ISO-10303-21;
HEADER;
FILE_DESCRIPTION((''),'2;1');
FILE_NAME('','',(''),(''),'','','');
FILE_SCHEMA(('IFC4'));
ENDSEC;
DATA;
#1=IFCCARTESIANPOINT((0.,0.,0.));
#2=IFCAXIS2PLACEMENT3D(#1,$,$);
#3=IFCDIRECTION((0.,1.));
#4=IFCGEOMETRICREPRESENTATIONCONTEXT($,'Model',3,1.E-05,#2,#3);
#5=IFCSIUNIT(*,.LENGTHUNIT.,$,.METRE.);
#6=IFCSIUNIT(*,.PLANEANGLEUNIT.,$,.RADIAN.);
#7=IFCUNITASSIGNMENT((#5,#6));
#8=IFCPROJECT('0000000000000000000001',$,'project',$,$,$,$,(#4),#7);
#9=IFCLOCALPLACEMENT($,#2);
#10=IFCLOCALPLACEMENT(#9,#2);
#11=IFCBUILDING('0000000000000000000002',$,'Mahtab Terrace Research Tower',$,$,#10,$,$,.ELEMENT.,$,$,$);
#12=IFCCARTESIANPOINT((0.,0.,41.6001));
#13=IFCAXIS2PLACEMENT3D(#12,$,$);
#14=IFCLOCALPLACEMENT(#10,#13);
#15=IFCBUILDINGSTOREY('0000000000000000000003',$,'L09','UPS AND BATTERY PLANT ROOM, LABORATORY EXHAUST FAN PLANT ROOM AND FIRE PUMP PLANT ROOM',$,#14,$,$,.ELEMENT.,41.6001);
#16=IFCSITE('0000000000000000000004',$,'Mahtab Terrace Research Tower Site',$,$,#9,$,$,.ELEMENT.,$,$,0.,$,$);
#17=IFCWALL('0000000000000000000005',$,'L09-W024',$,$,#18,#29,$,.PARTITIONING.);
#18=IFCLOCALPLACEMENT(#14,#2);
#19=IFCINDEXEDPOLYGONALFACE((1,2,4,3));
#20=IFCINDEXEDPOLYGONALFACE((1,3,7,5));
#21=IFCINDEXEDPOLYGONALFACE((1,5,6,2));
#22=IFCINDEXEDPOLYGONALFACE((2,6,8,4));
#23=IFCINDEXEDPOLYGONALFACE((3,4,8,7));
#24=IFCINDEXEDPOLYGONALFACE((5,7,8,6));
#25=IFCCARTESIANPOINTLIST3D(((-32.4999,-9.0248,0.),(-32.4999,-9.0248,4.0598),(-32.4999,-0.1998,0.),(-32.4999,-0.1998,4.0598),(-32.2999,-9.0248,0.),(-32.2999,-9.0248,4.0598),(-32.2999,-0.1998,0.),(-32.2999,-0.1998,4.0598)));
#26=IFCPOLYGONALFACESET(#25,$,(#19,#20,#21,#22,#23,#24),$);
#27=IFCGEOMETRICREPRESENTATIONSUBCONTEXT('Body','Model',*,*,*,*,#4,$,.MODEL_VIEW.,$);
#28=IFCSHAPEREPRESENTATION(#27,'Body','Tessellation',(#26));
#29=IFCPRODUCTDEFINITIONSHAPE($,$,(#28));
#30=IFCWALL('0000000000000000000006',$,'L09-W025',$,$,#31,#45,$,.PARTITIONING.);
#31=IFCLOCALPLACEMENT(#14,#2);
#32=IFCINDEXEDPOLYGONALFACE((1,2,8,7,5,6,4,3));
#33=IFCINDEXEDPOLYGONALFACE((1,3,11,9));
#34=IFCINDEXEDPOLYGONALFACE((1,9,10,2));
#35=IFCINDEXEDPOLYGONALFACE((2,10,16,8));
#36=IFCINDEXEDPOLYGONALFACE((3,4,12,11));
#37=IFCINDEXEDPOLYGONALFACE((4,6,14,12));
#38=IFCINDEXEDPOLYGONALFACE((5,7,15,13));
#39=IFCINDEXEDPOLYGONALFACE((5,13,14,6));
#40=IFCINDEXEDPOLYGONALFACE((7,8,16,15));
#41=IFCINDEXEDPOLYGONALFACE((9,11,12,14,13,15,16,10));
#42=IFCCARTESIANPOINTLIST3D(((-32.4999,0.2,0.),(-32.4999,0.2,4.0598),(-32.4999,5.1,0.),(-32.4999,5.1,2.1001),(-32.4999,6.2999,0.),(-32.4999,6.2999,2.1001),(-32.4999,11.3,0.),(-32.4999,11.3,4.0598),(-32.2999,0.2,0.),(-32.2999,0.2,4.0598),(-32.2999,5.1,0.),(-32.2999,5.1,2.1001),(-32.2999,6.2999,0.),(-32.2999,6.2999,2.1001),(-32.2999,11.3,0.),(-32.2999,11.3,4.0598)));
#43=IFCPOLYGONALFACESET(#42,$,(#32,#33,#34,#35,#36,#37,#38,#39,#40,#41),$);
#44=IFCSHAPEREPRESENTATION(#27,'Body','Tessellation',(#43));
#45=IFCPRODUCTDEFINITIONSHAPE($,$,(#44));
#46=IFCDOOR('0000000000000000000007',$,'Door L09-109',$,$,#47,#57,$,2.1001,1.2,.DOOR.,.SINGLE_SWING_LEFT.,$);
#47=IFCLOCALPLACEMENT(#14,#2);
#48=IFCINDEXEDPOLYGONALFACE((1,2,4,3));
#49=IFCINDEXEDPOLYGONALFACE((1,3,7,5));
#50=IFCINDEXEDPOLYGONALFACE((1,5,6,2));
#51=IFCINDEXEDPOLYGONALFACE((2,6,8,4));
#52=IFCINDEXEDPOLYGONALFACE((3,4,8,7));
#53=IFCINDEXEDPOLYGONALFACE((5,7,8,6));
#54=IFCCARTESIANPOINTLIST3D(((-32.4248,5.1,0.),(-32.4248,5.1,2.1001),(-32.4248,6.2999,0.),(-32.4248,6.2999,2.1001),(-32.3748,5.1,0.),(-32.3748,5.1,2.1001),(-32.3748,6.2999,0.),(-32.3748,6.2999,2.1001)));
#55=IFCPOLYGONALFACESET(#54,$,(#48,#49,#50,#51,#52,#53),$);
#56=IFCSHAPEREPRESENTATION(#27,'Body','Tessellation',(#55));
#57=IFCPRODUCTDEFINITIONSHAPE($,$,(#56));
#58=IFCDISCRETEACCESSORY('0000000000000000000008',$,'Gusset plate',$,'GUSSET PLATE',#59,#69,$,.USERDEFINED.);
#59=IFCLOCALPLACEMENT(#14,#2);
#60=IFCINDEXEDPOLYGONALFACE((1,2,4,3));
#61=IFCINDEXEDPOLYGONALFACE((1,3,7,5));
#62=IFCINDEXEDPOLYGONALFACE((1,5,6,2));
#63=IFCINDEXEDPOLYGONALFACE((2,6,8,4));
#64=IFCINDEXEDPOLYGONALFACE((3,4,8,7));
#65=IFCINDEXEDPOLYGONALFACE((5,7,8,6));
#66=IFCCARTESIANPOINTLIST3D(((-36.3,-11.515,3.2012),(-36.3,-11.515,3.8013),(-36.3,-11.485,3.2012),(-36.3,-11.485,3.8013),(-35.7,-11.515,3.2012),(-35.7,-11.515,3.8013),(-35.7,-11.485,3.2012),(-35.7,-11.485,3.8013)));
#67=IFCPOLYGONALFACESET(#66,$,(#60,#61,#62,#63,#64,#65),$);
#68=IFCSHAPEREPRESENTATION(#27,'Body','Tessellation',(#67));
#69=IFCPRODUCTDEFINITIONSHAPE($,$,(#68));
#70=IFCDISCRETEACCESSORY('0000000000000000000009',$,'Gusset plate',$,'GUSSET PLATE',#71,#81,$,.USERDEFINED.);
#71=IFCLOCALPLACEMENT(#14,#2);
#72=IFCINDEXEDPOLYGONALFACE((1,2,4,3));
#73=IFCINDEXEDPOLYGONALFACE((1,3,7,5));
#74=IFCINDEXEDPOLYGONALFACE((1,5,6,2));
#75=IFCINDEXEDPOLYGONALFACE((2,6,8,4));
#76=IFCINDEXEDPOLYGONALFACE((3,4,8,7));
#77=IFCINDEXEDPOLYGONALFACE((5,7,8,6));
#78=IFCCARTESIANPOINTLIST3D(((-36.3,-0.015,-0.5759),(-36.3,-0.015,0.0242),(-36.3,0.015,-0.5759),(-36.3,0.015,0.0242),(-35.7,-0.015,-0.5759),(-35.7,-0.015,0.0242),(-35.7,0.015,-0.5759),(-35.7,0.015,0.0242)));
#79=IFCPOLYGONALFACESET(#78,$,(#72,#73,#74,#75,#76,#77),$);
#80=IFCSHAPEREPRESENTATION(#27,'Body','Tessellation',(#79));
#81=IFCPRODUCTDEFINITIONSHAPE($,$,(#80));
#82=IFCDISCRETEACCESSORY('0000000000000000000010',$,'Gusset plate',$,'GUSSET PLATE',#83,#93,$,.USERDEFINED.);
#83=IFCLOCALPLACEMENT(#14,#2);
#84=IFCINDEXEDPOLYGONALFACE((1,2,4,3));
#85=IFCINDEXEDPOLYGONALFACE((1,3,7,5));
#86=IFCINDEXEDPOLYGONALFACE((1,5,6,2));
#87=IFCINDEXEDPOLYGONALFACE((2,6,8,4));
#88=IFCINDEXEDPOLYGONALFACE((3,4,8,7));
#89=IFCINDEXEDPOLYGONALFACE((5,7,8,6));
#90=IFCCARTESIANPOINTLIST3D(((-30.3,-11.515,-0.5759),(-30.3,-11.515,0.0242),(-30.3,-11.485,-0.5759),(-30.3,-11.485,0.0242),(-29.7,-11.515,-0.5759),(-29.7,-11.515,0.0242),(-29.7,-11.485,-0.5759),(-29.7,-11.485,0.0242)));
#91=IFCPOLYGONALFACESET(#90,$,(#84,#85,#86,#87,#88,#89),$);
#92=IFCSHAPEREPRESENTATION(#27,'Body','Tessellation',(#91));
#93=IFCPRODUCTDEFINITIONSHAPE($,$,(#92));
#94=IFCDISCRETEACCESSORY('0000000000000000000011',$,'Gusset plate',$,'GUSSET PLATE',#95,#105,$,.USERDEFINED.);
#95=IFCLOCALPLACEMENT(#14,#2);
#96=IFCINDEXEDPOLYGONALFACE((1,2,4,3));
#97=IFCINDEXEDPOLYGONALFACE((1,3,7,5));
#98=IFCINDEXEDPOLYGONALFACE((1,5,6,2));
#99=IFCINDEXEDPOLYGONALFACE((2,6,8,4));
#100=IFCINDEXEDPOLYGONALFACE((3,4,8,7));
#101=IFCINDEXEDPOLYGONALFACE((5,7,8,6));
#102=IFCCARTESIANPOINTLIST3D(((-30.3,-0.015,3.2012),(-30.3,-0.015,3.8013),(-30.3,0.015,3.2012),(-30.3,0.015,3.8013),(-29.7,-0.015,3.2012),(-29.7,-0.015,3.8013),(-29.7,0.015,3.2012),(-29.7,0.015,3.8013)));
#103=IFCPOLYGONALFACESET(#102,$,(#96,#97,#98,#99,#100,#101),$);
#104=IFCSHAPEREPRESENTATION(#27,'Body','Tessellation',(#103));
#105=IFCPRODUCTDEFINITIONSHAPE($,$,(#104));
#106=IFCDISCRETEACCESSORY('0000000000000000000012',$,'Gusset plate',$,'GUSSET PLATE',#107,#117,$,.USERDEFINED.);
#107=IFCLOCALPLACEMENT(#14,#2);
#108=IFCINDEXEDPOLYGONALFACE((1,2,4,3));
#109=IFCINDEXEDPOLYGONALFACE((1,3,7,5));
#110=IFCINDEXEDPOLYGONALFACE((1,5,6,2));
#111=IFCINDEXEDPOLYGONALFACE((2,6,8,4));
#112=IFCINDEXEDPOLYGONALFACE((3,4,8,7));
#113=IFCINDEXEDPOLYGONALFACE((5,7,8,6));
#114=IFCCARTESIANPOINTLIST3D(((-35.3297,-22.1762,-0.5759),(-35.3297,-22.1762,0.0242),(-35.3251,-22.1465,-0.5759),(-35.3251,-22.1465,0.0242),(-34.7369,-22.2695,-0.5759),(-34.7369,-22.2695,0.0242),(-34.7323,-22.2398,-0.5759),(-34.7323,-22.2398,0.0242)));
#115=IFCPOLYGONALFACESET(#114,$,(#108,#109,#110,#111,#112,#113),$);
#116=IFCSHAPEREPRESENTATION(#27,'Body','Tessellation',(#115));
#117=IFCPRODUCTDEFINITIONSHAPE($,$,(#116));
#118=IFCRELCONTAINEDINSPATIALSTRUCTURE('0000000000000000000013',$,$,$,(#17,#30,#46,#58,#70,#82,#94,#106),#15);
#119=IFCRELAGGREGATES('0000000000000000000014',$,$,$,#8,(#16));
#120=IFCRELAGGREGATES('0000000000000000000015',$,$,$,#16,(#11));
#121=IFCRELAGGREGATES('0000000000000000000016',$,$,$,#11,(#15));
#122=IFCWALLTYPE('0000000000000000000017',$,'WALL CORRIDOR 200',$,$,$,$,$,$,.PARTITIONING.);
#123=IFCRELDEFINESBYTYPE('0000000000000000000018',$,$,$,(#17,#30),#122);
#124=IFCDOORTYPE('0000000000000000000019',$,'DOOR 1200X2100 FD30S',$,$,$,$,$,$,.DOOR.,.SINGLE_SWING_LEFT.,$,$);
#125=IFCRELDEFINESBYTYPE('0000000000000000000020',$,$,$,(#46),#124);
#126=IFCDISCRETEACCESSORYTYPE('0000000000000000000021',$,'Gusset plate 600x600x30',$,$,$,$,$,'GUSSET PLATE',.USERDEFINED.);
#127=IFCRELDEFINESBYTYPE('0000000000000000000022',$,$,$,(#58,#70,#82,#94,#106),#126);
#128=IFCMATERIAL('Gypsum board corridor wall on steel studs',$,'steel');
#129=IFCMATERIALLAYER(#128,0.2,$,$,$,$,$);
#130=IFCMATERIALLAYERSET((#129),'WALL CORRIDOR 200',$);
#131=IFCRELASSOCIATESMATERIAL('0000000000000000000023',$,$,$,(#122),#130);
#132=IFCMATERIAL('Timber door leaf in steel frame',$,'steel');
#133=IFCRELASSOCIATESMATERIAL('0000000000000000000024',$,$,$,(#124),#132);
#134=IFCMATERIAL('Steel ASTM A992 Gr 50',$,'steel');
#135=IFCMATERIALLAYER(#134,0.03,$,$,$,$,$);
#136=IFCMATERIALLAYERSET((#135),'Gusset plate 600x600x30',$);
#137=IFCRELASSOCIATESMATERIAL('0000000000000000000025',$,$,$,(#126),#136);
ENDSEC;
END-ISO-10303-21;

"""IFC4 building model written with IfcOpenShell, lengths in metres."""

from ifc_helpers import new_model, si_unit, direction, frame, frame_2d, origin, origin_2d, place, context, subcontext, project, spatial, rectangle, extrude, material, layer, layer_set, type_object, element, fill, save


model = new_model("IFC4")

# Units and contexts
model_context = context("Model", 3, precision=1e-05, world=origin(), true_north=direction((0.0, 1.0)))
body_context = subcontext(model_context, "Body", "Model", "MODEL_VIEW")
ifc_project = project(units=[si_unit("LENGTHUNIT", "METRE"), si_unit("PLANEANGLEUNIT", "RADIAN")], contexts=[model_context])

# Site, building, storey
site_placement = place(None, origin())
site = spatial("IfcSite", under=ifc_project, at=site_placement, Name="Mahtab Terrace Research Tower Site", CompositionType="ELEMENT", RefElevation=0.0)
building_placement = place(site_placement, origin())
building = spatial("IfcBuilding", under=site, at=building_placement, Name="Mahtab Terrace Research Tower", CompositionType="ELEMENT")
storey_placement = place(building_placement, frame((0.0, 0.0, 41.6001)))
storey = spatial("IfcBuildingStorey", under=building, at=storey_placement, Name="L09", Description="UPS AND BATTERY PLANT ROOM, LABORATORY EXHAUST FAN PLANT ROOM AND FIRE PUMP PLANT ROOM", CompositionType="ELEMENT", Elevation=41.6001)

# Shared definitions
ifc_material_1 = material(Name="Steel ASTM A992 Gr 50", Category="steel")

# Shared definitions
ifc_material_2 = material(Name="Gypsum board corridor wall on steel studs", Category="steel")
ifc_layer_1 = layer(ifc_material_2, 0.2)
ifc_layer_set_1 = layer_set([ifc_layer_1], Name="WALL CORRIDOR 200")
wall_type_1 = type_object("IfcWallType", Name="WALL CORRIDOR 200", PredefinedType="PARTITIONING", material=ifc_layer_set_1)
ifc_material_3 = material(Name="Timber door leaf in steel frame", Category="steel")

# Wall
wall_1_placement = place(storey_placement, frame((-32.3999, -9.0249, 0.0), z_axis=(0.0, 0.0, 1.0), x_axis=(0.0, 1.0, 0.0)))
element("IfcWall", 1, at=wall_1_placement, inside=storey, type_object=wall_type_1, Name="L09-W024", PredefinedType="PARTITIONING", context=body_context, shape_type="SweptSolid", body=[
    extrude(rectangle(XDim=8.825, YDim=0.2, at=frame_2d((4.4126, 0.0))), origin(), (0.0, 0.0, 1.0), 4.0598),
])

# Wall, opening, door
wall_2_placement = place(storey_placement, frame((-32.3999, 0.2, 0.0), z_axis=(0.0, 0.0, 1.0), x_axis=(0.0, 1.0, 0.0)))
wall_2 = element("IfcWall", 2, at=wall_2_placement, inside=storey, type_object=wall_type_1, Name="L09-W025", PredefinedType="PARTITIONING", context=body_context, shape_type="SweptSolid", body=[
    extrude(rectangle(XDim=11.1001, YDim=0.2, at=frame_2d((5.55, 0.0))), origin(), (0.0, 0.0, 1.0), 4.0598),
])
opening_1_placement = place(wall_2_placement, frame((4.8999, 0.0, 0.0)))
opening_1 = element("IfcOpeningElement", 3, at=opening_1_placement, cuts=wall_2, PredefinedType="OPENING", context=body_context, shape_type="SweptSolid", body=[
    extrude(rectangle(XDim=1.2, YDim=2.1001, at=frame_2d((0.6001, 1.05))), frame((0.0, 0.1099, 0.0), z_axis=(0.0, -1.0, 0.0), x_axis=(1.0, 0.0, 0.0)), (0.0, 0.0, 1.0), 0.22),
])
door_type_1 = type_object("IfcDoorType", Name="DOOR 1200X2100 FD30S", OperationType="SINGLE_SWING_LEFT", PredefinedType="DOOR", material=ifc_material_3)
door_1_placement = place(opening_1_placement, origin())
door_1 = element("IfcDoor", 4, at=door_1_placement, inside=storey, type_object=door_type_1, Name="Door L09-109", OperationType="SINGLE_SWING_LEFT", OverallHeight=2.1001, OverallWidth=1.2, PredefinedType="DOOR", context=body_context, shape_type="SweptSolid", body=[
    extrude(rectangle(XDim=1.2, YDim=2.1001, at=frame_2d((0.6001, 1.05))), frame((0.0, 0.0249, 0.0), z_axis=(0.0, -1.0, 0.0), x_axis=(1.0, 0.0, 0.0)), (0.0, 0.0, 1.0), 0.05),
])
fill(opening_1, door_1)

# Discrete accessories
ifc_layer_2 = layer(ifc_material_1, 0.03)
ifc_layer_set_2 = layer_set([ifc_layer_2], Name="Gusset plate 600x600x30")
discrete_accessory_type = type_object("IfcDiscreteAccessoryType", Name="Gusset plate 600x600x30", ElementType="GUSSET PLATE", PredefinedType="USERDEFINED", material=ifc_layer_set_2)
for number, where, z_axis, x_axis, name in (
    (5, (-36.0, -11.5, 3.2012), (0.0, 0.0, 1.0), (1.0, 0.0, 0.0), "Gusset plate"),
    (6, (-36.0, 0.0, -0.5759), (0.0, 0.0, 1.0), (1.0, 0.0, 0.0), "Gusset plate"),
    (7, (-30.0, -11.5, -0.5759), (0.0, 0.0, 1.0), (1.0, 0.0, 0.0), "Gusset plate"),
    (8, (-30.0, 0.0, 3.2012), (0.0, 0.0, 1.0), (1.0, 0.0, 0.0), "Gusset plate"),
    (9, (-35.031, -22.208, -0.5759), (0.0, 0.0, 1.0), (-0.987835, 0.155504, 0.0), "Gusset plate"),
):
    element("IfcDiscreteAccessory", number, at=place(storey_placement, frame(where, z_axis=z_axis, x_axis=x_axis)), inside=storey, type_object=discrete_accessory_type, Name=name, ObjectType="GUSSET PLATE", PredefinedType="USERDEFINED", context=body_context, shape_type="SweptSolid", body=[
        extrude(rectangle(XDim=0.6001, YDim=0.03, at=origin_2d()), origin(), (0.0, 0.0, 1.0), 0.6001),
    ])

save(model, "model.ifc")
